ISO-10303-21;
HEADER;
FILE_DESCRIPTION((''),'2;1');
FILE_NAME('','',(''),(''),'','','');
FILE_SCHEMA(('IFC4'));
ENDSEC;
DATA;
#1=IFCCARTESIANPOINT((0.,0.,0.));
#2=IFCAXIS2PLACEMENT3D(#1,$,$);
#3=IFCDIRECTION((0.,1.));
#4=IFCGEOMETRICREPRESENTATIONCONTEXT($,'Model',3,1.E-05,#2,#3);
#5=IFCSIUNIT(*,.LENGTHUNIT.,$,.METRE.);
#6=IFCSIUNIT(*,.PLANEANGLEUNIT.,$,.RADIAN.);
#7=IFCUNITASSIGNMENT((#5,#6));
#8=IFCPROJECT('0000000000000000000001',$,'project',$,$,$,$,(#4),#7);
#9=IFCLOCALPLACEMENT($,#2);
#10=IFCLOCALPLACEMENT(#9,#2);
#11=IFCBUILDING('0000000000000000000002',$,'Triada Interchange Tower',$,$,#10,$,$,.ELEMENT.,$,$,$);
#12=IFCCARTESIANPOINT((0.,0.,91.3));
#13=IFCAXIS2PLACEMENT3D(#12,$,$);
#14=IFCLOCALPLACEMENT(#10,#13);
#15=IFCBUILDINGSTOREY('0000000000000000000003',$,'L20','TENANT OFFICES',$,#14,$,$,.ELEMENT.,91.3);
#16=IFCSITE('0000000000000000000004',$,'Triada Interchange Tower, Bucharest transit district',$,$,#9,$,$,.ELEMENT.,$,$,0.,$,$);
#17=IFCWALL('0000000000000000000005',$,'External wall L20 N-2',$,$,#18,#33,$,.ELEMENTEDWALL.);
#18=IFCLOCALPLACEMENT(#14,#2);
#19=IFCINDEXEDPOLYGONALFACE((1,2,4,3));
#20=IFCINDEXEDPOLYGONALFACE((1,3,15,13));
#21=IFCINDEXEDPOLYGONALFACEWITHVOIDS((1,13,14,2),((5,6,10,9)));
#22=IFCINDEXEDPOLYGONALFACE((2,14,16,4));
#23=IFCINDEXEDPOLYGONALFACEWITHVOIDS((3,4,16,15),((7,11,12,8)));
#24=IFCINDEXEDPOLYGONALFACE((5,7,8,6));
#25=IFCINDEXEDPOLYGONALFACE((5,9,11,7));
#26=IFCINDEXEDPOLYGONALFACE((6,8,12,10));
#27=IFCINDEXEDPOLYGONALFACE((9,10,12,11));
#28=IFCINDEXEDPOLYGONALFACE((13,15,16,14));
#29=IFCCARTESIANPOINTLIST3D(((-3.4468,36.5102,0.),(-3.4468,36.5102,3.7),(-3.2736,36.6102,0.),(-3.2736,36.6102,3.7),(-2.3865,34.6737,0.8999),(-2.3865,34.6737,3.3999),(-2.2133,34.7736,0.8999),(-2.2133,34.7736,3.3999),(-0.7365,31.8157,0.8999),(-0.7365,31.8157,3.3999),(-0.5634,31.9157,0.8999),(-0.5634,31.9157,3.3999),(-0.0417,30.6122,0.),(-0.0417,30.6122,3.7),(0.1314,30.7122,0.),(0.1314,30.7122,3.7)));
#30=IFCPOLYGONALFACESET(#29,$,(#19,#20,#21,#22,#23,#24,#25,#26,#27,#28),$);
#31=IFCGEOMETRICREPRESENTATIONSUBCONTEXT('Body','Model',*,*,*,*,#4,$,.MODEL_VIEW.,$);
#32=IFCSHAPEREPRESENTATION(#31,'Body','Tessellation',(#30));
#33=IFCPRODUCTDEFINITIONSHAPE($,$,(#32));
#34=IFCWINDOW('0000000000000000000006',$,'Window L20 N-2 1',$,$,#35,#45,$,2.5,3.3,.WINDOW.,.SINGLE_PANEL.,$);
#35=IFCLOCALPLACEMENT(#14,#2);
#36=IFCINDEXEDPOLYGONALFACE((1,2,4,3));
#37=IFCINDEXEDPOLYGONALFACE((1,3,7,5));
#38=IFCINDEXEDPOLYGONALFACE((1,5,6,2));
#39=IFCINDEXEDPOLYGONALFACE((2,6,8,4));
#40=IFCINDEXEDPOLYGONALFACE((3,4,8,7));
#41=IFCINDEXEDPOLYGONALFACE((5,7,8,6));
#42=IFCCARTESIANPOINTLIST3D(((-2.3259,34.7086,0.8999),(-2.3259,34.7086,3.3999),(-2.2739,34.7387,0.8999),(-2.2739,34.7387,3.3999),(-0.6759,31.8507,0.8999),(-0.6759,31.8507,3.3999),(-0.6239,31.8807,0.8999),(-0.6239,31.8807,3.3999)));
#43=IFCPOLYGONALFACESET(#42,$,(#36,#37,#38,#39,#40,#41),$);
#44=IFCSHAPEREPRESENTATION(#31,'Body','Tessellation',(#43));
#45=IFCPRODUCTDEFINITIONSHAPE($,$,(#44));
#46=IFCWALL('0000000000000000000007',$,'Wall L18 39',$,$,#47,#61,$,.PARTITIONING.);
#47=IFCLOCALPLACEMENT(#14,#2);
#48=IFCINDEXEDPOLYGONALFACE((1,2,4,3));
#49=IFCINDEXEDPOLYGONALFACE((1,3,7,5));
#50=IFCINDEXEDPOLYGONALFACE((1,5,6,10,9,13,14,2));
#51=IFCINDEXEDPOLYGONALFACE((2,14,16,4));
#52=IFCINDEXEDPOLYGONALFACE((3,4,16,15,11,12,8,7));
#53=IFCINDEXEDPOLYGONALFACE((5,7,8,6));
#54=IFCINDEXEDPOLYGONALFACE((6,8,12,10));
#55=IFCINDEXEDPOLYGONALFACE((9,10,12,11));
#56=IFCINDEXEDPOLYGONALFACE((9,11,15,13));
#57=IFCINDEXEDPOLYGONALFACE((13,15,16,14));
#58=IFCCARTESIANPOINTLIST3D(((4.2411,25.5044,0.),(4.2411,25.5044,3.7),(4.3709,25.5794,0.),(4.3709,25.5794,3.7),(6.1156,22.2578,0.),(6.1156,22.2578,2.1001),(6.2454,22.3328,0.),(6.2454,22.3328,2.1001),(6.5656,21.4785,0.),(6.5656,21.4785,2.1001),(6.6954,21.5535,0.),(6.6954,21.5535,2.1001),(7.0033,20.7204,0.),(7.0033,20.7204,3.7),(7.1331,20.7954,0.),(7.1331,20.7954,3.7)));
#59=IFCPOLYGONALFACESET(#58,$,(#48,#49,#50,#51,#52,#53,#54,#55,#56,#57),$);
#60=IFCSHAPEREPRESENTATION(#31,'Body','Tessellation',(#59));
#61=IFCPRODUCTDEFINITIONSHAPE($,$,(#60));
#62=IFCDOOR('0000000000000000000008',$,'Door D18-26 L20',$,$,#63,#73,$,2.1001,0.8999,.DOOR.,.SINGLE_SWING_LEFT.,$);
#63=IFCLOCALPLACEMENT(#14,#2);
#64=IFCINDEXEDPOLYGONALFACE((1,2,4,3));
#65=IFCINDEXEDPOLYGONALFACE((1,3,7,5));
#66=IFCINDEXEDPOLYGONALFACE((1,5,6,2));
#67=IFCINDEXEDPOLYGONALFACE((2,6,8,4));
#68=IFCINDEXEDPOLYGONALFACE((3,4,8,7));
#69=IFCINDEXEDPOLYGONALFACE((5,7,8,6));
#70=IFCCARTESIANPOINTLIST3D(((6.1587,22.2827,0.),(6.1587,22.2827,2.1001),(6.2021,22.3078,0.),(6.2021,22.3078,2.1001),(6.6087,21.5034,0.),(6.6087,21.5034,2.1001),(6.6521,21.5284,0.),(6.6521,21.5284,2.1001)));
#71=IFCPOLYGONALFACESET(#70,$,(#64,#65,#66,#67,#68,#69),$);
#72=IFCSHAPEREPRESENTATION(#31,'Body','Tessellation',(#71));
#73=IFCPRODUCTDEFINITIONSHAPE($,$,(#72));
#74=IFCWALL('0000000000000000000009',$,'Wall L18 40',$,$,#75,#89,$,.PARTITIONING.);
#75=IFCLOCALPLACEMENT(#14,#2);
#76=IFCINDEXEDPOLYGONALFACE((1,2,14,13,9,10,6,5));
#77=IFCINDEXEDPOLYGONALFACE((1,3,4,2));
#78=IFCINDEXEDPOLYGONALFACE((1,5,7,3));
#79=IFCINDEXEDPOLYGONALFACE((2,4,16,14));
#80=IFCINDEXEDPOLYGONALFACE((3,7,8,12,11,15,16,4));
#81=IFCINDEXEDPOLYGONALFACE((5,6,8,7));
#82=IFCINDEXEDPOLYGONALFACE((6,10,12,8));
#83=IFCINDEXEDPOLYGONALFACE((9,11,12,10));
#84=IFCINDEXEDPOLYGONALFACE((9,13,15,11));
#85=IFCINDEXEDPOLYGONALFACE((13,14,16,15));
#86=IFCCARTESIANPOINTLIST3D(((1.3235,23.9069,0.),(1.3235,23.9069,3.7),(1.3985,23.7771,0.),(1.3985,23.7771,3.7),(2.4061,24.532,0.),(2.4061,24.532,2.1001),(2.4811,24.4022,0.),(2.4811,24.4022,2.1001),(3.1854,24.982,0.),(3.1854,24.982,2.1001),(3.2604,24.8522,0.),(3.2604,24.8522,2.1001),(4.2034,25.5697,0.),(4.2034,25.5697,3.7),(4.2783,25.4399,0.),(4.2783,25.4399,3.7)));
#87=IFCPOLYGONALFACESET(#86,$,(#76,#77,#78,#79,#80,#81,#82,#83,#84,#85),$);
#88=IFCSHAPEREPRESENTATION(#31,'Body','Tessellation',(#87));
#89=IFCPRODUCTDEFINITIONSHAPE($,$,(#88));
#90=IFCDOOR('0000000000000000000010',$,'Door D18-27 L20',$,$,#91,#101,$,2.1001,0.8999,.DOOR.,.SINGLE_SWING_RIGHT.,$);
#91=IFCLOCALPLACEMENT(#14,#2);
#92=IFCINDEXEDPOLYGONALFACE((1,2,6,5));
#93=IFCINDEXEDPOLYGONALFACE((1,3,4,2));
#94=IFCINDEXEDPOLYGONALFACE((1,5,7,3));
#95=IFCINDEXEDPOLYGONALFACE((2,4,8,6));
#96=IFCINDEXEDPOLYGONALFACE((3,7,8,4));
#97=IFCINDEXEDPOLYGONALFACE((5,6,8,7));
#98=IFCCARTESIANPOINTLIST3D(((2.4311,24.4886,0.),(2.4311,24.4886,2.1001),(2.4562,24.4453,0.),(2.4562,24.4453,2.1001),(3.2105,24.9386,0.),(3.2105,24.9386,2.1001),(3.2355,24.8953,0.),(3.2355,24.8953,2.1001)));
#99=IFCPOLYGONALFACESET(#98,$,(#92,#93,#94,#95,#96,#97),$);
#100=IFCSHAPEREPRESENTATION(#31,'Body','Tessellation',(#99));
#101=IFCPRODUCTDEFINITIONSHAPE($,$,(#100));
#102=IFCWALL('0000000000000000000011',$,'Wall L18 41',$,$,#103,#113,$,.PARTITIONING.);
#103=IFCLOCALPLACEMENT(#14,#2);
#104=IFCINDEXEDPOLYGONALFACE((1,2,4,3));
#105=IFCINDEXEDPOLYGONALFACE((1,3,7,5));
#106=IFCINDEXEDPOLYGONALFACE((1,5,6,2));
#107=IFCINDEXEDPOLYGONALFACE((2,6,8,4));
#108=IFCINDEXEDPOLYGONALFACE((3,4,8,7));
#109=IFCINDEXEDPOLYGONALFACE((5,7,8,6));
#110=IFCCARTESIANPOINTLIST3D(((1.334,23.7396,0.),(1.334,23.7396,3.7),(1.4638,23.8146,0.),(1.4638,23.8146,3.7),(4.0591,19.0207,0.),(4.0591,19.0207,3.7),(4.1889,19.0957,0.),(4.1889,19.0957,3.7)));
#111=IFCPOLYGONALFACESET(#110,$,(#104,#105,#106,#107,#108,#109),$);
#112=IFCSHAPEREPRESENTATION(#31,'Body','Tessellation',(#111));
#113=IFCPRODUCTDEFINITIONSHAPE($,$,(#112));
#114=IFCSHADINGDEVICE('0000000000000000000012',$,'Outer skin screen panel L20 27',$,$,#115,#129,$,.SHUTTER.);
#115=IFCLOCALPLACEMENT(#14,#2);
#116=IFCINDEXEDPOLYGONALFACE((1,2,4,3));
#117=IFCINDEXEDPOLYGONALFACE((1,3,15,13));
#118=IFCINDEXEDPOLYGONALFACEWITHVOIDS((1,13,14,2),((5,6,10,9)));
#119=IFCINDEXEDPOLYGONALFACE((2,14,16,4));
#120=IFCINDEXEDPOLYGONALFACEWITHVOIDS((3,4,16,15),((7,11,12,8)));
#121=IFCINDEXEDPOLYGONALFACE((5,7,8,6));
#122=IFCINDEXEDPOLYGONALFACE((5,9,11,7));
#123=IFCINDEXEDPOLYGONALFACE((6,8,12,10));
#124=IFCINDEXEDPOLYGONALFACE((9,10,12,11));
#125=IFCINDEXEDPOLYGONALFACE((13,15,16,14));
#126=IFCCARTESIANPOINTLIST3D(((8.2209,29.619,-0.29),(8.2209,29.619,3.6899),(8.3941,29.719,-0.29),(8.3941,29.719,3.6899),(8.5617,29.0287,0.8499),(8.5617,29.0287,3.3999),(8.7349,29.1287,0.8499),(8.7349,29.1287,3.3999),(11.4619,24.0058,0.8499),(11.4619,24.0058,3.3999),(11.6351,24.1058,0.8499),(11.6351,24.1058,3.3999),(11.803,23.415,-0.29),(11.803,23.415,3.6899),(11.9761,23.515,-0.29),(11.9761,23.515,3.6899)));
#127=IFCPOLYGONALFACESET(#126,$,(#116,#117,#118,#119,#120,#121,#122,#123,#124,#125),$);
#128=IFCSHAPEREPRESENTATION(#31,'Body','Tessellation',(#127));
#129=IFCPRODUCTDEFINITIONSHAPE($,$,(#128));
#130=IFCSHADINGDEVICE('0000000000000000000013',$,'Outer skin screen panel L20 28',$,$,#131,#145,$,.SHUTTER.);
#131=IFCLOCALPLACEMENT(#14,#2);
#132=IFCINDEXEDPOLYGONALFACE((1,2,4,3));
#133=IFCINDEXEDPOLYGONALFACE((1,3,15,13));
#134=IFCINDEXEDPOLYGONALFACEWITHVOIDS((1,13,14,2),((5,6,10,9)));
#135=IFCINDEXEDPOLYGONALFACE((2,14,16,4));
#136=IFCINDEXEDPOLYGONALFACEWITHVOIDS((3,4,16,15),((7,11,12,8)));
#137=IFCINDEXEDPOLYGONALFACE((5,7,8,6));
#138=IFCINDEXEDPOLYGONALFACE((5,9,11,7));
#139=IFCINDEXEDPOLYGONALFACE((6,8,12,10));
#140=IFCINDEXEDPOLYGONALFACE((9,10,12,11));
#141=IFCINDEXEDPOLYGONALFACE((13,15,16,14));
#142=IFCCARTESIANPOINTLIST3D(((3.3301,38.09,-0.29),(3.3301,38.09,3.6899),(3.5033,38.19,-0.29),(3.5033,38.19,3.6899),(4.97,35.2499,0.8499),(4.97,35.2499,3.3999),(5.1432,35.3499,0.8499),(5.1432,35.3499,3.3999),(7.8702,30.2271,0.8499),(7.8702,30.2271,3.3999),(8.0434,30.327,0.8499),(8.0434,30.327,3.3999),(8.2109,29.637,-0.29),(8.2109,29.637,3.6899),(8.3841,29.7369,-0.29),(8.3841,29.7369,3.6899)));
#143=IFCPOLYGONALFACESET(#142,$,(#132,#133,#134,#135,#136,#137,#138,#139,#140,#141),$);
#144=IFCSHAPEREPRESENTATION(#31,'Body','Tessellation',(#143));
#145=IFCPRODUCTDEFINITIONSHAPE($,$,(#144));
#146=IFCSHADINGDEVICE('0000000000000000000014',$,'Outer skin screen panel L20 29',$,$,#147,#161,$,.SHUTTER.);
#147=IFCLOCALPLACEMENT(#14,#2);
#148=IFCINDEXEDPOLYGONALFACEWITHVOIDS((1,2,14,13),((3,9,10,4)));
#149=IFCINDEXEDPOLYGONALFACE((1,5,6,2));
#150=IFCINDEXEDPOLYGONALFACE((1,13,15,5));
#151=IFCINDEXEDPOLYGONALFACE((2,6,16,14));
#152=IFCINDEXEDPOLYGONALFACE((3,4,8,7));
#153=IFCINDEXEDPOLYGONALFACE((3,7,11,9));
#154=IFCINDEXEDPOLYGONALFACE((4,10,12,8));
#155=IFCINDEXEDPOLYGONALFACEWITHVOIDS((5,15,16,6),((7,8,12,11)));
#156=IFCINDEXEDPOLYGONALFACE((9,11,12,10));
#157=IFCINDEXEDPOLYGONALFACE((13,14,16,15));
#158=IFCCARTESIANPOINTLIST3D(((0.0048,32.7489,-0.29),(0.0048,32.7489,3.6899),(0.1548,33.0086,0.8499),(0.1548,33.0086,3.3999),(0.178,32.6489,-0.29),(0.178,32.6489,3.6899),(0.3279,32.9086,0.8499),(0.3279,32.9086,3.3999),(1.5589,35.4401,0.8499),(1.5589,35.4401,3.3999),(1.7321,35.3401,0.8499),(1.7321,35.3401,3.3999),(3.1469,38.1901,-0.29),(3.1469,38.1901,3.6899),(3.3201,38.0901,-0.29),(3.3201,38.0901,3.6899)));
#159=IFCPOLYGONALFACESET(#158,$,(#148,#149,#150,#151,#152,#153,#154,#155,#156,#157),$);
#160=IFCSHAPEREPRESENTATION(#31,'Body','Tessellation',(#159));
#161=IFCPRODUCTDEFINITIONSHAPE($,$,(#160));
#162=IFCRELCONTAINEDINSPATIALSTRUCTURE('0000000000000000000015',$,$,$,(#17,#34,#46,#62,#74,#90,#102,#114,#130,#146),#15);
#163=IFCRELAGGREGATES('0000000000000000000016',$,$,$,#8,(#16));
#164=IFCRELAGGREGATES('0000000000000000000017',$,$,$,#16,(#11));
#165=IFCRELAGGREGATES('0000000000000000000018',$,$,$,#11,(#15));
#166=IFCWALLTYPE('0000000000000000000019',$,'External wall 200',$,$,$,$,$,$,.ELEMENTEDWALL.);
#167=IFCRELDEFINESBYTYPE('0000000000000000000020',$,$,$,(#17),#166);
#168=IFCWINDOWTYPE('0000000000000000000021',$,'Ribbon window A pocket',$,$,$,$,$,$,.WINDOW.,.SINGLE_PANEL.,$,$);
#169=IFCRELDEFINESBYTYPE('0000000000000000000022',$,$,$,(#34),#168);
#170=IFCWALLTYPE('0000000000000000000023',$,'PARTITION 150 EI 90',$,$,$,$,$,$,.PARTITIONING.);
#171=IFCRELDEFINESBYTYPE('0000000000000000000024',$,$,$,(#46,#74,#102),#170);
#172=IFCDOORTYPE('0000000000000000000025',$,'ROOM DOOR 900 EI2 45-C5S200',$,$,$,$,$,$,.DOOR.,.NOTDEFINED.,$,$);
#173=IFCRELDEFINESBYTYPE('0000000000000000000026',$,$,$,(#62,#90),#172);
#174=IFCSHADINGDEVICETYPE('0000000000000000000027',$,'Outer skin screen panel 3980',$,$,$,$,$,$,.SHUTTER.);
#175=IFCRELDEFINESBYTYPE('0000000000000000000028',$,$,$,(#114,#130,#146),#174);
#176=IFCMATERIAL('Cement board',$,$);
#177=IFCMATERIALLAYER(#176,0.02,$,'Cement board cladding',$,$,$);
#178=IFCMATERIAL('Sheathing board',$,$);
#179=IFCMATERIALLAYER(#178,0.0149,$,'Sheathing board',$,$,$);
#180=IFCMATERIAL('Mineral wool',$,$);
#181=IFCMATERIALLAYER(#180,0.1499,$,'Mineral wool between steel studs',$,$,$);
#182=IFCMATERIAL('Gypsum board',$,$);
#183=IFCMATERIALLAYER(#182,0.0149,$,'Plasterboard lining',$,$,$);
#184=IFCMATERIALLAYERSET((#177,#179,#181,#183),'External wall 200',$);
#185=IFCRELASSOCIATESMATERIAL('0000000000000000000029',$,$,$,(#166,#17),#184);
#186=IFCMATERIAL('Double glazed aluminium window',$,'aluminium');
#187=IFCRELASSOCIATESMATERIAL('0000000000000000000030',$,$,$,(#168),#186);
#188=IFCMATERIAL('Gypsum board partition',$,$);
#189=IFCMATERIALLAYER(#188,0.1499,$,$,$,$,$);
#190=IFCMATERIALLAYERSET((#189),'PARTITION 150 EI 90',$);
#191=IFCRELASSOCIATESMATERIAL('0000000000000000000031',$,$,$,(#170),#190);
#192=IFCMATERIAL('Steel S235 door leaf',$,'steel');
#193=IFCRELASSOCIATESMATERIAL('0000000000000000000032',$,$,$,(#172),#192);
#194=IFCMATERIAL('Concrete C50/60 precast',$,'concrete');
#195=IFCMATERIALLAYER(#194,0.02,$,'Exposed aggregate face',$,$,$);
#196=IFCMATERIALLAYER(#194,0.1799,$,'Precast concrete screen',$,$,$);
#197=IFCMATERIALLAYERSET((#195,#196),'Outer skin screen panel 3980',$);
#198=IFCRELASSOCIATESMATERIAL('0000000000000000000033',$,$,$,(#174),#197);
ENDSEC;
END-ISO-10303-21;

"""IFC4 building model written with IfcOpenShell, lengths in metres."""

from ifc_helpers import new_model, si_unit, direction, frame, frame_2d, origin, place, context, subcontext, project, spatial, polyline, rectangle, outline, extrude, material, layer, layer_set, layer_usage, type_object, element, fill, save


model = new_model("IFC4")

# Units and contexts
model_context = context("Model", 3, precision=1e-05, world=origin(), true_north=direction((0.0, 1.0)))
body_context = subcontext(model_context, "Body", "Model", "MODEL_VIEW")
ifc_project = project(units=[si_unit("LENGTHUNIT", "METRE"), si_unit("PLANEANGLEUNIT", "RADIAN")], contexts=[model_context])

# Site, building, storey
site_placement = place(None, origin())
site = spatial("IfcSite", under=ifc_project, at=site_placement, Name="Triada Interchange Tower, Bucharest transit district", CompositionType="ELEMENT", RefElevation=0.0)
building_placement = place(site_placement, origin())
building = spatial("IfcBuilding", under=site, at=building_placement, Name="Triada Interchange Tower", CompositionType="ELEMENT")
storey_placement = place(building_placement, frame((0.0, 0.0, 91.3)))
storey = spatial("IfcBuildingStorey", under=building, at=storey_placement, Name="L20", Description="TENANT OFFICES", CompositionType="ELEMENT", Elevation=91.3)

# Wall, opening, window
ifc_material_1 = material(Name="Cement board")
ifc_layer_1 = layer(ifc_material_1, 0.02, Name="Cement board cladding")
ifc_material_2 = material(Name="Sheathing board")
ifc_layer_2 = layer(ifc_material_2, 0.0149, Name="Sheathing board")
ifc_material_3 = material(Name="Mineral wool")
ifc_layer_3 = layer(ifc_material_3, 0.1499, Name="Mineral wool between steel studs")
ifc_material_4 = material(Name="Gypsum board")
ifc_layer_4 = layer(ifc_material_4, 0.0149, Name="Plasterboard lining")
ifc_layer_set_1 = layer_set([ifc_layer_1, ifc_layer_2, ifc_layer_3, ifc_layer_4], Name="External wall 200")
ifc_layer_usage = layer_usage(ifc_layer_set_1, "AXIS2", "POSITIVE", -0.1001)
wall_type_1 = type_object("IfcWallType", Name="External wall 200", PredefinedType="ELEMENTEDWALL", material=ifc_layer_set_1)
ifc_material_5 = material(Name="Double glazed aluminium window", Category="aluminium")
window_type = type_object("IfcWindowType", Name="Ribbon window A pocket", PartitioningType="SINGLE_PANEL", PredefinedType="WINDOW", material=ifc_material_5)
wall_1_placement = place(storey_placement, frame((0.0449, 30.6621, 0.0), z_axis=(0.0, 0.0, 1.0), x_axis=(-0.499983, 0.866035, 0.0)))
wall_1 = element("IfcWall", 1, at=wall_1_placement, inside=storey, type_object=wall_type_1, material=ifc_layer_usage, Name="External wall L20 N-2", PredefinedType="ELEMENTEDWALL", context=body_context, shape_type="SweptSolid", body=[
    extrude(rectangle(XDim=6.8103, YDim=0.2, at=frame_2d((3.4053, 0.0))), origin(), (0.0, 0.0, 1.0), 3.7),
])
opening_1_placement = place(wall_1_placement, frame((1.3899, 0.0, 0.8999)))
opening_1 = element("IfcOpeningElement", 2, at=opening_1_placement, cuts=wall_1, PredefinedType="OPENING", context=body_context, shape_type="SweptSolid", body=[
    extrude(rectangle(XDim=3.3, YDim=2.5, at=frame_2d((1.6499, 1.25))), frame((0.0, 0.1099, 0.0), z_axis=(0.0, -1.0, 0.0), x_axis=(1.0, 0.0, 0.0)), (0.0, 0.0, 1.0), 0.22),
])
window_1_placement = place(opening_1_placement, origin())
window_1 = element("IfcWindow", 3, at=window_1_placement, inside=storey, type_object=window_type, Name="Window L20 N-2 1", OverallHeight=2.5, OverallWidth=3.3, PartitioningType="SINGLE_PANEL", PredefinedType="WINDOW", context=body_context, shape_type="SweptSolid", body=[
    extrude(rectangle(XDim=3.3, YDim=2.5, at=frame_2d((1.6499, 1.25))), frame((0.0, 0.03, 0.0), z_axis=(0.0, -1.0, 0.0), x_axis=(1.0, 0.0, 0.0)), (0.0, 0.0, 1.0), 0.0601),
])
fill(opening_1, window_1)

# Walls, openings, doors
ifc_material_6 = material(Name="Gypsum board partition")
ifc_layer_5 = layer(ifc_material_6, 0.1499)
ifc_layer_set_2 = layer_set([ifc_layer_5], Name="PARTITION 150 EI 90")
wall_type_2 = type_object("IfcWallType", Name="PARTITION 150 EI 90", PredefinedType="PARTITIONING", material=ifc_layer_set_2)
wall_2_placement = place(storey_placement, frame((4.3059, 25.542, 0.0), z_axis=(0.0, 0.0, 1.0), x_axis=(0.500027, -0.86601, 0.0)))
wall_2 = element("IfcWall", 4, at=wall_2_placement, inside=storey, type_object=wall_type_2, Name="Wall L18 39", PredefinedType="PARTITIONING", context=body_context, shape_type="SweptSolid", body=[
    extrude(rectangle(XDim=5.5242, YDim=0.1499, at=frame_2d((2.7622, 0.0))), origin(), (0.0, 0.0, 1.0), 3.7),
])
opening_2_placement = place(wall_2_placement, frame((3.749, 0.0, 0.0)))
opening_2 = element("IfcOpeningElement", 5, at=opening_2_placement, cuts=wall_2, PredefinedType="OPENING", context=body_context, shape_type="SweptSolid", body=[
    extrude(rectangle(XDim=0.8999, YDim=2.1001, at=frame_2d((0.45, 1.05))), frame((0.0, 0.085, 0.0), z_axis=(0.0, -1.0, 0.0), x_axis=(1.0, 0.0, 0.0)), (0.0, 0.0, 1.0), 0.1699),
])
ifc_material_7 = material(Name="Steel S235 door leaf", Category="steel")
door_type = type_object("IfcDoorType", Name="ROOM DOOR 900 EI2 45-C5S200", OperationType="NOTDEFINED", PredefinedType="DOOR", material=ifc_material_7)
door_1_placement = place(opening_2_placement, origin())
door_1 = element("IfcDoor", 6, at=door_1_placement, inside=storey, type_object=door_type, Name="Door D18-26 L20", OperationType="SINGLE_SWING_LEFT", OverallHeight=2.1001, OverallWidth=0.8999, PredefinedType="DOOR", context=body_context, shape_type="SweptSolid", body=[
    extrude(rectangle(XDim=0.8999, YDim=2.1001, at=frame_2d((0.45, 1.05))), frame((0.0, 0.0249, 0.0), z_axis=(0.0, -1.0, 0.0), x_axis=(1.0, 0.0, 0.0)), (0.0, 0.0, 1.0), 0.05),
])
fill(opening_2, door_1)
wall_3_placement = place(storey_placement, frame((1.3611, 23.842, 0.0), z_axis=(0.0, 0.0, 1.0), x_axis=(0.866007, 0.500032, 0.0)))
wall_3 = element("IfcWall", 7, at=wall_3_placement, inside=storey, type_object=wall_type_2, Name="Wall L18 40", PredefinedType="PARTITIONING", context=body_context, shape_type="SweptSolid", body=[
    extrude(rectangle(XDim=3.3254, YDim=0.1499, at=frame_2d((1.6626, 0.0))), origin(), (0.0, 0.0, 1.0), 3.7),
])
opening_3_placement = place(wall_3_placement, frame((1.25, 0.0, 0.0)))
opening_3 = element("IfcOpeningElement", 8, at=opening_3_placement, cuts=wall_3, PredefinedType="OPENING", context=body_context, shape_type="SweptSolid", body=[
    extrude(rectangle(XDim=0.8999, YDim=2.1001, at=frame_2d((0.45, 1.05))), frame((0.0, 0.085, 0.0), z_axis=(0.0, -1.0, 0.0), x_axis=(1.0, 0.0, 0.0)), (0.0, 0.0, 1.0), 0.1699),
])
door_2_placement = place(opening_3_placement, origin())
door_2 = element("IfcDoor", 9, at=door_2_placement, inside=storey, type_object=door_type, Name="Door D18-27 L20", OperationType="SINGLE_SWING_RIGHT", OverallHeight=2.1001, OverallWidth=0.8999, PredefinedType="DOOR", context=body_context, shape_type="SweptSolid", body=[
    extrude(rectangle(XDim=0.8999, YDim=2.1001, at=frame_2d((0.45, 1.05))), frame((0.0, 0.0249, 0.0), z_axis=(0.0, -1.0, 0.0), x_axis=(1.0, 0.0, 0.0)), (0.0, 0.0, 1.0), 0.05),
])
fill(opening_3, door_2)

# Wall
wall_4_placement = place(storey_placement, frame((1.3989, 23.7771, 0.0), z_axis=(0.0, 0.0, 1.0), x_axis=(0.500081, -0.865979, 0.0)))
element("IfcWall", 10, at=wall_4_placement, inside=storey, type_object=wall_type_2, Name="Wall L18 41", PredefinedType="PARTITIONING", context=body_context, shape_type="SweptSolid", body=[
    extrude(rectangle(XDim=5.4492, YDim=0.1499, at=frame_2d((2.7246, 0.0))), origin(), (0.0, 0.0, 1.0), 3.7),
])

# Shading devices
ifc_material_8 = material(Name="Concrete C50/60 precast", Category="concrete")
ifc_layer_6 = layer(ifc_material_8, 0.02, Name="Exposed aggregate face")
ifc_layer_7 = layer(ifc_material_8, 0.1799, Name="Precast concrete screen")
ifc_layer_set_3 = layer_set([ifc_layer_6, ifc_layer_7], Name="Outer skin screen panel 3980")
shading_device_type = type_object("IfcShadingDeviceType", Name="Outer skin screen panel 3980", PredefinedType="SHUTTER", material=ifc_layer_set_3)
shading_device_1_placement = place(storey_placement, frame((11.803, 23.415, -0.29), z_axis=(0.0, 0.0, 1.0), x_axis=(-0.500024, 0.866011, 0.0)))
element("IfcShadingDevice", 11, at=shading_device_1_placement, inside=storey, type_object=shading_device_type, Name="Outer skin screen panel L20 27", PredefinedType="SHUTTER", context=body_context, shape_type="SweptSolid", body=[
    extrude(outline(polyline([(0.0, 0.0), (7.1638, 0.0), (7.1638, 3.98), (0.0, 3.98), (0.0, 0.0)]), holes=[polyline([(0.6821, 1.1399), (0.6821, 3.6899), (6.4822, 3.6899), (6.4822, 1.1399), (0.6821, 1.1399)])]), frame((0.0, 0.0, 0.0), z_axis=(0.0, -1.0, 0.0), x_axis=(1.0, 0.0, 0.0)), (0.0, 0.0, 1.0), 0.2),
])
shading_device_2_placement = place(storey_placement, frame((8.2109, 29.637, -0.29), z_axis=(0.0, 0.0, 1.0), x_axis=(-0.500034, 0.866006, 0.0)))
element("IfcShadingDevice", 12, at=shading_device_2_placement, inside=storey, type_object=shading_device_type, Name="Outer skin screen panel L20 28", PredefinedType="SHUTTER", context=body_context, shape_type="SweptSolid", body=[
    extrude(outline(polyline([(0.0, 0.0), (9.761, 0.0), (9.761, 3.98), (0.0, 3.98), (0.0, 0.0)]), holes=[polyline([(0.6814, 1.1399), (0.6814, 3.6899), (6.4814, 3.6899), (6.4814, 1.1399), (0.6814, 1.1399)])]), frame((0.0, 0.0, 0.0), z_axis=(0.0, -1.0, 0.0), x_axis=(1.0, 0.0, 0.0)), (0.0, 0.0, 1.0), 0.2),
])
shading_device_3_placement = place(storey_placement, frame((3.3201, 38.0901, -0.29), z_axis=(0.0, 0.0, 1.0), x_axis=(-0.500076, -0.865982, 0.0)))
element("IfcShadingDevice", 13, at=shading_device_3_placement, inside=storey, type_object=shading_device_type, Name="Outer skin screen panel L20 29", PredefinedType="SHUTTER", context=body_context, shape_type="SweptSolid", body=[
    extrude(outline(polyline([(0.0, 0.0), (6.2832, 0.0), (6.2832, 3.98), (0.0, 3.98), (0.0, 0.0)]), holes=[polyline([(3.1755, 1.1399), (3.1755, 3.6899), (5.9834, 3.6899), (5.9834, 1.1399), (3.1755, 1.1399)])]), frame((0.0, 0.0, 0.0), z_axis=(0.0, -1.0, 0.0), x_axis=(1.0, 0.0, 0.0)), (0.0, 0.0, 1.0), 0.2),
])

save(model, "model.ifc")
